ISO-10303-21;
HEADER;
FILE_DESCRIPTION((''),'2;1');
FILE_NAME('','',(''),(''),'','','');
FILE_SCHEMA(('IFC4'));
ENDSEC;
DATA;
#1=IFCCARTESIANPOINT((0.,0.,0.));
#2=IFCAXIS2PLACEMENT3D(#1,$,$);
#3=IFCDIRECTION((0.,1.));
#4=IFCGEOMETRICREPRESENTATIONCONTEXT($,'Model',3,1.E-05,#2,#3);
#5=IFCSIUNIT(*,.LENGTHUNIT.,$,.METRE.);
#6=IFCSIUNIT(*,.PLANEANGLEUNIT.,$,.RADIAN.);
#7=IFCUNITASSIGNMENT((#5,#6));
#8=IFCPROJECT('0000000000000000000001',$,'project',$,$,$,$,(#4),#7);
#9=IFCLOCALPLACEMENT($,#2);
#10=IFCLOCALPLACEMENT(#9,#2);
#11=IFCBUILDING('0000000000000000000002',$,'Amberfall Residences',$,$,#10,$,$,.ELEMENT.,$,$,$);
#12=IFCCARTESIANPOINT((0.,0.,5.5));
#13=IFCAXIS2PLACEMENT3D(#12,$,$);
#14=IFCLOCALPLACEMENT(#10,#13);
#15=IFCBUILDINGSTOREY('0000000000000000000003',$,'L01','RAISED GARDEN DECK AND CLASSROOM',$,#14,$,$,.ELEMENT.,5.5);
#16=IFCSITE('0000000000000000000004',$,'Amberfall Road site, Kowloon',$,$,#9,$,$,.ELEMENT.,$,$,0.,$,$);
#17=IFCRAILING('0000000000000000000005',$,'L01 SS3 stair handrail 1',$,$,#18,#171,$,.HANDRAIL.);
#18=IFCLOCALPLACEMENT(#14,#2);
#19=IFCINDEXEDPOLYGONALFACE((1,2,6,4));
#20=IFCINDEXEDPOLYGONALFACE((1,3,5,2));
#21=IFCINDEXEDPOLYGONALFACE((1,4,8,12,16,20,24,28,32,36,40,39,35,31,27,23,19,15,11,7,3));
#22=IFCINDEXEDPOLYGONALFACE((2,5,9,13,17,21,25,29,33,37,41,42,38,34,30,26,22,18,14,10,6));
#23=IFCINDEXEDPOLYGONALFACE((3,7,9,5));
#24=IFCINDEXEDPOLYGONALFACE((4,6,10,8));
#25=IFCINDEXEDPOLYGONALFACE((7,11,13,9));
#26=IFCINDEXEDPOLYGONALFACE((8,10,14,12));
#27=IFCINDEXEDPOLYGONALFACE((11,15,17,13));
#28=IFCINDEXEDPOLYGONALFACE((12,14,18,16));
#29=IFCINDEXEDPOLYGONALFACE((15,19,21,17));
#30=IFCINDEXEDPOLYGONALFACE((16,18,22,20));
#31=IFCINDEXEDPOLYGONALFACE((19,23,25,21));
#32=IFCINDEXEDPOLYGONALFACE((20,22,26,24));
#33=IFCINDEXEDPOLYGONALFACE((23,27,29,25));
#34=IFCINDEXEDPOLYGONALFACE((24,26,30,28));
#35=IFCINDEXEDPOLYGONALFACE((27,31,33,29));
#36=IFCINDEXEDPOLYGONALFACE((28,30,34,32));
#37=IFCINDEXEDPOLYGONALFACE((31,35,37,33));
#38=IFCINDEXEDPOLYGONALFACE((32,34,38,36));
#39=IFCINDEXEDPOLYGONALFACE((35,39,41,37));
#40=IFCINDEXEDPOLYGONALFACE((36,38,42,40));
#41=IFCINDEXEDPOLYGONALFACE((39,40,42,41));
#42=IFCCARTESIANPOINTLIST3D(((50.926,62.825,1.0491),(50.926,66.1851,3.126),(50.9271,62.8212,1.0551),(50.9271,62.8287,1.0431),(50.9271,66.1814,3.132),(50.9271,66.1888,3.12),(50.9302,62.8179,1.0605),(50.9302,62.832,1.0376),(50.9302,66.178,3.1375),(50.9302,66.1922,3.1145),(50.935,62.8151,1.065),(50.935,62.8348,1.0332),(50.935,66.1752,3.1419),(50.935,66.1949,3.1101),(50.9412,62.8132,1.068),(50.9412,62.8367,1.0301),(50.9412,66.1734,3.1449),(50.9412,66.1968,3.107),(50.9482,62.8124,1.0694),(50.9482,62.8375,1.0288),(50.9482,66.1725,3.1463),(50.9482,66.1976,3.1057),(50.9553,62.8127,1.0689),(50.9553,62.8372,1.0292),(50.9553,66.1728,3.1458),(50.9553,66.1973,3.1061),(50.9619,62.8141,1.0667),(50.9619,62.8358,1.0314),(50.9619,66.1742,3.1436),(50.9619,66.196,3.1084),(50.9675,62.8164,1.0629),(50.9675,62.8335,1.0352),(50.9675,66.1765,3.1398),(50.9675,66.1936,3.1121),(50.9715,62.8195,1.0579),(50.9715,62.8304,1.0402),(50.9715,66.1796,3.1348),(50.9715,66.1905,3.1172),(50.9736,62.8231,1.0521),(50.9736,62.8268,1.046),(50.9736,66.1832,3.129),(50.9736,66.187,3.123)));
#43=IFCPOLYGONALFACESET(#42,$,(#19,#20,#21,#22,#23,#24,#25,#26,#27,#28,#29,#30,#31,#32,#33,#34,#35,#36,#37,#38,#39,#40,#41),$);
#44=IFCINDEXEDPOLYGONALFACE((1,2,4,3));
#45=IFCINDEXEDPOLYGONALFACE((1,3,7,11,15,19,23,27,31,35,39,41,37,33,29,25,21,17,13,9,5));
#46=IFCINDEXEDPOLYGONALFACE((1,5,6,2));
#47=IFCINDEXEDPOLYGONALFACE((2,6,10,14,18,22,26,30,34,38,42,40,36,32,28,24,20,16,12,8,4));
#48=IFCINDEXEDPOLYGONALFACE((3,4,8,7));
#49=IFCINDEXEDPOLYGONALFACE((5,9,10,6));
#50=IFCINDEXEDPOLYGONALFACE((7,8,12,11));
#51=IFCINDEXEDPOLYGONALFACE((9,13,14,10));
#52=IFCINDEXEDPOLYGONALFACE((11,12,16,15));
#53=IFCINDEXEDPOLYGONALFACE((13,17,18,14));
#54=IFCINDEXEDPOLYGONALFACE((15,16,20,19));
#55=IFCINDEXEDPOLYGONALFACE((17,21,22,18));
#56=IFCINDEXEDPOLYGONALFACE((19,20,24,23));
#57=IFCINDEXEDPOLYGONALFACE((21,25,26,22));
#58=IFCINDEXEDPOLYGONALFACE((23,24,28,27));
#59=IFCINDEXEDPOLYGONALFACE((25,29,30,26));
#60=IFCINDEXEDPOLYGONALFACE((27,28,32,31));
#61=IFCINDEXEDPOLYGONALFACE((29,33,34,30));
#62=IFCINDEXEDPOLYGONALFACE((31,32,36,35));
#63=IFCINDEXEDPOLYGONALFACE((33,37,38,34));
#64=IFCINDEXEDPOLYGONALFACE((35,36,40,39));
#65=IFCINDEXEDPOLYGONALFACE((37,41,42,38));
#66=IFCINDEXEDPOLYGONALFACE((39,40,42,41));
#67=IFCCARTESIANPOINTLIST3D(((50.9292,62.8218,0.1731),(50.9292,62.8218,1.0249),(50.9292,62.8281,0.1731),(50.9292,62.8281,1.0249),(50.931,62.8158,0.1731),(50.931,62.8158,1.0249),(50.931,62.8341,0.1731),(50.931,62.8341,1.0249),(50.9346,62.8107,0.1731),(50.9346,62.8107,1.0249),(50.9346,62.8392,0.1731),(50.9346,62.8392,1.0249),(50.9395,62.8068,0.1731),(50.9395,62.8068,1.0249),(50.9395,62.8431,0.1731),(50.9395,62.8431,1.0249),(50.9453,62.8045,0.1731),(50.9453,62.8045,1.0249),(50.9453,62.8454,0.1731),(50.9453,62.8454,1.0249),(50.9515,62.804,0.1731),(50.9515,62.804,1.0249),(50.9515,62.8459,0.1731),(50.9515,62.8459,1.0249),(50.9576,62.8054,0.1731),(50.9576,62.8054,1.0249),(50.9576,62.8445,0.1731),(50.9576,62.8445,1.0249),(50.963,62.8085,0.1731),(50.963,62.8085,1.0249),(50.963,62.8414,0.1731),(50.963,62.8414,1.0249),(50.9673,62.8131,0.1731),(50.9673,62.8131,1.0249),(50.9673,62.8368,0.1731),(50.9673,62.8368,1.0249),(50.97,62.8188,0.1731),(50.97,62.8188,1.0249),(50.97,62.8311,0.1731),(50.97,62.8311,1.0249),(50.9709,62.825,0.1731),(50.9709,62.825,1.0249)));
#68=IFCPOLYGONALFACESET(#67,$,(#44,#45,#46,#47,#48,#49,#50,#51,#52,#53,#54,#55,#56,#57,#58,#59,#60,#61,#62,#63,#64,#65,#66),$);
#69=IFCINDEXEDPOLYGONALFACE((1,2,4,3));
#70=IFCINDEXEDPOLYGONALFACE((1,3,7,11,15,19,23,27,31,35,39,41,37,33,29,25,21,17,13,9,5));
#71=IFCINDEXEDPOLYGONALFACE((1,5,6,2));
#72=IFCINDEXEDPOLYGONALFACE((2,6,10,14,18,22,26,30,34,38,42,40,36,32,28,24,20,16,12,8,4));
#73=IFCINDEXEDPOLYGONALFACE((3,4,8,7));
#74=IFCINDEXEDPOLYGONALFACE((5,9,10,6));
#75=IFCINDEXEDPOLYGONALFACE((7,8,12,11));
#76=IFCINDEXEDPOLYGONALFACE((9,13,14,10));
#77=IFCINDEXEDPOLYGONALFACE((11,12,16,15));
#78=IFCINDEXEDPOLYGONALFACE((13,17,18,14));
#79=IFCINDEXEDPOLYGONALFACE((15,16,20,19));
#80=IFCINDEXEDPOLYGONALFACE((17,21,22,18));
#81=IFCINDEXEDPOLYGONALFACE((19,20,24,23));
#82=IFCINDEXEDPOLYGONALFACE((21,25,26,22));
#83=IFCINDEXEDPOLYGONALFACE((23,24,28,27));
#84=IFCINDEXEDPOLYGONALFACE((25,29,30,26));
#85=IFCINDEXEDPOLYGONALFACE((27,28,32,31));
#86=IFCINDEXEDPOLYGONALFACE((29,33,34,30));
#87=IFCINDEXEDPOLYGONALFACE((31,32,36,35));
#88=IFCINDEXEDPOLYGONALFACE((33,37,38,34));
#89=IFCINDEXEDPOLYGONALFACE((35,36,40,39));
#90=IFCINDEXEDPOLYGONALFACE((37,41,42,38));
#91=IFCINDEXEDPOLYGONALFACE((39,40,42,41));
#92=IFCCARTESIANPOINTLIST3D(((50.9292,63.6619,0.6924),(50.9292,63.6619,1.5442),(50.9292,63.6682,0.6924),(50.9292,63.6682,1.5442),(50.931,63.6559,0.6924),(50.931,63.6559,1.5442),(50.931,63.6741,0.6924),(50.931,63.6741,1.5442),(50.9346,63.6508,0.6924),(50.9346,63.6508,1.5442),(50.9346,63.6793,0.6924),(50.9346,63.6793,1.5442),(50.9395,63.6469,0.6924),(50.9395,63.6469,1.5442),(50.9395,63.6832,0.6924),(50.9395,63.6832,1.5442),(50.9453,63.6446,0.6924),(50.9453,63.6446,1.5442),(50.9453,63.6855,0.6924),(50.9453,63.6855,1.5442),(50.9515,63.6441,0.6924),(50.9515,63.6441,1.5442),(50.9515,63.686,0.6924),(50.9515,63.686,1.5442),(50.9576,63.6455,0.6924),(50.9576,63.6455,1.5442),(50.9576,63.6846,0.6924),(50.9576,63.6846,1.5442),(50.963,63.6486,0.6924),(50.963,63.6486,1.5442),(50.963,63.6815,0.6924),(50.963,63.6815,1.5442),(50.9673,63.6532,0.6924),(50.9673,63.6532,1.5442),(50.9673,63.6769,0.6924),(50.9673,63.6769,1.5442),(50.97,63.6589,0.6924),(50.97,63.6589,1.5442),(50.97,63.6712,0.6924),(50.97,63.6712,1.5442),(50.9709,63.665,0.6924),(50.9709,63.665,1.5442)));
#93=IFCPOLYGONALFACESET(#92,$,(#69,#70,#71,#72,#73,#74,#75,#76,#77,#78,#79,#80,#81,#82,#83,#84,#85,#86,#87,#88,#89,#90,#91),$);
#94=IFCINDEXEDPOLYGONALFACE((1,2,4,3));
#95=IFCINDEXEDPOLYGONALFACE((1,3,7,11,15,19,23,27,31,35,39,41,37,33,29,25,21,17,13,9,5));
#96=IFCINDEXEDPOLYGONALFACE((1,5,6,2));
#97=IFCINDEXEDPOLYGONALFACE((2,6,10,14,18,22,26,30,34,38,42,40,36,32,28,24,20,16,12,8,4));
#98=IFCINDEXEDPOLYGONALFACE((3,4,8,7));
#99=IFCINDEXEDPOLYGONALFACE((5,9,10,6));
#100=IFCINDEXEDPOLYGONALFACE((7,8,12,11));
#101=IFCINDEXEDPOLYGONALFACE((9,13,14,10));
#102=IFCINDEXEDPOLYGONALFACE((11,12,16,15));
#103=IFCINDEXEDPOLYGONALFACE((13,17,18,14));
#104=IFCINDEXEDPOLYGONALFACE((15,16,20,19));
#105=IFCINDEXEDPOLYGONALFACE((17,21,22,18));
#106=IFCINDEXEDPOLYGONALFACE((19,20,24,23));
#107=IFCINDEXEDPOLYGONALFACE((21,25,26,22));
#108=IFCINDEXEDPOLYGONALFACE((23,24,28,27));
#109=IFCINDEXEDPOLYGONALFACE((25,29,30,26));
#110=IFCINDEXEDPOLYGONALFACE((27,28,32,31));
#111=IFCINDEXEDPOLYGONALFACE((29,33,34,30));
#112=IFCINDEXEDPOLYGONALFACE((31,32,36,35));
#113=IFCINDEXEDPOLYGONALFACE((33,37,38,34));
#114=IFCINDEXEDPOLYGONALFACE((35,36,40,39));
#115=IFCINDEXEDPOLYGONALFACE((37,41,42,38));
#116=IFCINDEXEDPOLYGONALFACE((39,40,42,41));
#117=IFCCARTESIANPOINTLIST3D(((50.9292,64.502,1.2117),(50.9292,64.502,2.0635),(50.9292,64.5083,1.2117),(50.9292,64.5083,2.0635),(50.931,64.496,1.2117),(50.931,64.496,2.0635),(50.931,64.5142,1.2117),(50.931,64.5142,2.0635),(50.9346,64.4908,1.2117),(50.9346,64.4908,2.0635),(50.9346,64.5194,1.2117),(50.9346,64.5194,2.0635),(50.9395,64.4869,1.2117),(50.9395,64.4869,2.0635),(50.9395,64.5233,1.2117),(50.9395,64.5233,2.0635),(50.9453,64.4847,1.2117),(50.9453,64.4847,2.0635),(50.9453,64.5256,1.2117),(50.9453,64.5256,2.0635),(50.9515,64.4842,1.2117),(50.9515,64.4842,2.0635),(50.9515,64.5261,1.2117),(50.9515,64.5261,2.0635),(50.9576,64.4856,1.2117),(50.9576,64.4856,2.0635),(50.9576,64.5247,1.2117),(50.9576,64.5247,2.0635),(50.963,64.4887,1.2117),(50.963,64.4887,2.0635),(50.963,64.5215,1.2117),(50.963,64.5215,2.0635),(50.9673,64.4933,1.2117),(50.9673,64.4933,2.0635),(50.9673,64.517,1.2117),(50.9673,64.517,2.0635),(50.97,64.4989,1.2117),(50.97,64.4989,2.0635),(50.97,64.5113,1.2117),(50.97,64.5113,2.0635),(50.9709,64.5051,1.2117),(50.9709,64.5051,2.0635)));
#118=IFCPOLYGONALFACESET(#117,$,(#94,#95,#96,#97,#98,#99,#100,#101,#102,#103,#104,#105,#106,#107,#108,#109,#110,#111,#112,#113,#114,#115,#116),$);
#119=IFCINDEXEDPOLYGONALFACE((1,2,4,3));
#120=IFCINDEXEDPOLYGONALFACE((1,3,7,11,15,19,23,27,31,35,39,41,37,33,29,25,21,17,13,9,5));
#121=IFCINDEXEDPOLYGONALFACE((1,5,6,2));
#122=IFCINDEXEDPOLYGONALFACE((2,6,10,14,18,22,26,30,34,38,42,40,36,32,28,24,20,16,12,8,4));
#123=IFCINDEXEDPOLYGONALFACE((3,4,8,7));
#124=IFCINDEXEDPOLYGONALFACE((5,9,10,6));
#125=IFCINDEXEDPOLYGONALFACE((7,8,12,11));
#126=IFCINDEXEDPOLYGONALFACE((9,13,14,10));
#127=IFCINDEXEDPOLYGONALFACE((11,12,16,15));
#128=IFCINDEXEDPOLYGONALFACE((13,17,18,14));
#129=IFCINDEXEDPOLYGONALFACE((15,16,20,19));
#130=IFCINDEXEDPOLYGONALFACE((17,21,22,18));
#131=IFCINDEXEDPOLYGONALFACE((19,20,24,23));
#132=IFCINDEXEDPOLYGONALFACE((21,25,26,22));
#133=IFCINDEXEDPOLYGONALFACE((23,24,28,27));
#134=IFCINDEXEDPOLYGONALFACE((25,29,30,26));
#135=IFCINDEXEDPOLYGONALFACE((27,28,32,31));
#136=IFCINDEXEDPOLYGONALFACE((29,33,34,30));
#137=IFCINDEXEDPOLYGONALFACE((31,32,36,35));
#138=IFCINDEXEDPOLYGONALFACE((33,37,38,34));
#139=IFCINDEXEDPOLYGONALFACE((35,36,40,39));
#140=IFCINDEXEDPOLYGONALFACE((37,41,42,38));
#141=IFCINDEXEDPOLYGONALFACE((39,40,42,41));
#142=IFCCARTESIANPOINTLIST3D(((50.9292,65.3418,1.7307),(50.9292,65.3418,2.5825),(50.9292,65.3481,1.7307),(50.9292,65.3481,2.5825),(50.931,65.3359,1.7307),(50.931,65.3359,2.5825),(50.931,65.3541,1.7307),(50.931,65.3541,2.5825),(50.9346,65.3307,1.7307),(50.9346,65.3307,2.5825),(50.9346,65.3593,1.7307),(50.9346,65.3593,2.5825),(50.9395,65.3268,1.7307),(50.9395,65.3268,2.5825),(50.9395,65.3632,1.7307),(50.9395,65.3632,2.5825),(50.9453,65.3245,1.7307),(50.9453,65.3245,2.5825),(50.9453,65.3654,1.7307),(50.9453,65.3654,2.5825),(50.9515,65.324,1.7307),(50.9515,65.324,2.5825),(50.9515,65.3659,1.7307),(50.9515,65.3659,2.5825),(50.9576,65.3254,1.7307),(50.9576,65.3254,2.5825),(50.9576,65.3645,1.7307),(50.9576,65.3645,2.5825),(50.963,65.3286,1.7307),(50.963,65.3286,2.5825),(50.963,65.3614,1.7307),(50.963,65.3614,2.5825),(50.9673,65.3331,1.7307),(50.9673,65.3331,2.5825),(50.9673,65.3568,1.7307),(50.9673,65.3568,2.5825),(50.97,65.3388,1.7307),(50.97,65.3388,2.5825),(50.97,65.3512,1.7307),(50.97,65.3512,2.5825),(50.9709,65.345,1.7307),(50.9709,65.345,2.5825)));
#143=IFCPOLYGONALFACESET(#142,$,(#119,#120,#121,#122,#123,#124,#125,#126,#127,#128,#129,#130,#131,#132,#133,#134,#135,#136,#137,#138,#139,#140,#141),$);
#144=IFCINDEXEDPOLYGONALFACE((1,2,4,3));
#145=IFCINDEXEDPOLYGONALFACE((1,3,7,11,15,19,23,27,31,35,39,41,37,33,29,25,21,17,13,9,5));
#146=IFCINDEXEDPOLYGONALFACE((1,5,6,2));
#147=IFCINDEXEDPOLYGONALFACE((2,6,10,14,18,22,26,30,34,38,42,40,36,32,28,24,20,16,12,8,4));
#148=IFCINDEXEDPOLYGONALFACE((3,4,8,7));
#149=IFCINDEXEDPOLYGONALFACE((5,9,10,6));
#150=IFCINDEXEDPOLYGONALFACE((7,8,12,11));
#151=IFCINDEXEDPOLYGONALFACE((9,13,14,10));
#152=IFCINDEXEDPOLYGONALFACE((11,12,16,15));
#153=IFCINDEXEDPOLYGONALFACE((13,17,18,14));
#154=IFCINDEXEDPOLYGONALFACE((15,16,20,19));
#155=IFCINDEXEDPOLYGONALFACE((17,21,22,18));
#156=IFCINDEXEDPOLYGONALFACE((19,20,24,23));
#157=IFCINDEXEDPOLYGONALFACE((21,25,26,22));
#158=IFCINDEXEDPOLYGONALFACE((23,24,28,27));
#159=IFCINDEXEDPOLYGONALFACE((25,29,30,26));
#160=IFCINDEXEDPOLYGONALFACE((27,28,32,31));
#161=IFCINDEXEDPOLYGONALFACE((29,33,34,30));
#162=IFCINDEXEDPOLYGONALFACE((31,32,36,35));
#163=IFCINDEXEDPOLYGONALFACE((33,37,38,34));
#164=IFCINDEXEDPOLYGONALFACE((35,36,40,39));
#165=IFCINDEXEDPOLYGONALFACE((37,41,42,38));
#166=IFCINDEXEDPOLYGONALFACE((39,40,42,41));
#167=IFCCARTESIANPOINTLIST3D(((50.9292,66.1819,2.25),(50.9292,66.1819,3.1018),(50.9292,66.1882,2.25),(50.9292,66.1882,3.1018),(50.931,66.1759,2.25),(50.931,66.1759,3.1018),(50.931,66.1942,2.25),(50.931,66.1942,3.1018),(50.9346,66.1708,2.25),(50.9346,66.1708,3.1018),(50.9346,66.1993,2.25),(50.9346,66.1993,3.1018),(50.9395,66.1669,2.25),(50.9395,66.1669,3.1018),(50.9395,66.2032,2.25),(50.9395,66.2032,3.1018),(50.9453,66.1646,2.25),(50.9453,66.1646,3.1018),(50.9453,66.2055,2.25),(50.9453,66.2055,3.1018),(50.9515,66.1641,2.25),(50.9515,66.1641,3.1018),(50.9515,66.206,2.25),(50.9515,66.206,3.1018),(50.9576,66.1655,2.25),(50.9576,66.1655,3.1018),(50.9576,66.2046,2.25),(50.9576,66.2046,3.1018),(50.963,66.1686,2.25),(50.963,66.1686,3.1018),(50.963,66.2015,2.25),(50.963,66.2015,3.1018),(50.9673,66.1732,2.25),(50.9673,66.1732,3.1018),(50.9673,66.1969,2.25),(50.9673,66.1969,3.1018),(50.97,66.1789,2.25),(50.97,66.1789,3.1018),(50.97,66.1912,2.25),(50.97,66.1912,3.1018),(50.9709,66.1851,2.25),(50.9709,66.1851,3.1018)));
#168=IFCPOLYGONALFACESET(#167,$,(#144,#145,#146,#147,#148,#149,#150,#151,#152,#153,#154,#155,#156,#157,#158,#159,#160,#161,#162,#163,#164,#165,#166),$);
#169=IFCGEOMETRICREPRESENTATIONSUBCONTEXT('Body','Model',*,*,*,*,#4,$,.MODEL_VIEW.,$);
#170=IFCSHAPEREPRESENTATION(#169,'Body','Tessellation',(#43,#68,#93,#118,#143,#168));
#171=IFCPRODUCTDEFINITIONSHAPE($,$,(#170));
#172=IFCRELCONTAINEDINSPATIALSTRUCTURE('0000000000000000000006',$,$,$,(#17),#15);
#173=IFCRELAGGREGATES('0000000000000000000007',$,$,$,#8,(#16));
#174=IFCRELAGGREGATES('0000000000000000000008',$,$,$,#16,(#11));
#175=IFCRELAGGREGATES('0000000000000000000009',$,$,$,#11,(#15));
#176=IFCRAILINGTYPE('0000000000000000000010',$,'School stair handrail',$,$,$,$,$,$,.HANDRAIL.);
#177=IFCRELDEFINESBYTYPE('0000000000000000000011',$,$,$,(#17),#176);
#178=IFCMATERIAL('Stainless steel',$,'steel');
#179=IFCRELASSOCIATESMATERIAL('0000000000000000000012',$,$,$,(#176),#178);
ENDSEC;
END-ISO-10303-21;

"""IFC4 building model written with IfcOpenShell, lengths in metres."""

from ifc_helpers import new_model, si_unit, direction, frame, origin, origin_2d, place, context, subcontext, project, spatial, circle, extrude, material, type_object, element, save


model = new_model("IFC4")

# Units and contexts
model_context = context("Model", 3, precision=1e-05, world=origin(), true_north=direction((0.0, 1.0)))
body_context = subcontext(model_context, "Body", "Model", "MODEL_VIEW")
ifc_project = project(units=[si_unit("LENGTHUNIT", "METRE"), si_unit("PLANEANGLEUNIT", "RADIAN")], contexts=[model_context])

# Site, building, storey
site_placement = place(None, origin())
site = spatial("IfcSite", under=ifc_project, at=site_placement, Name="Amberfall Road site, Kowloon", CompositionType="ELEMENT", RefElevation=0.0)
building_placement = place(site_placement, origin())
building = spatial("IfcBuilding", under=site, at=building_placement, Name="Amberfall Residences", CompositionType="ELEMENT")
storey_placement = place(building_placement, frame((0.0, 0.0, 5.5)))
storey = spatial("IfcBuildingStorey", under=building, at=storey_placement, Name="L01", Description="RAISED GARDEN DECK AND CLASSROOM", CompositionType="ELEMENT", Elevation=5.5)

# Railing
ifc_material_1 = material(Name="Stainless steel", Category="steel")
railing_type_1 = type_object("IfcRailingType", Name="School stair handrail", PredefinedType="HANDRAIL", material=ifc_material_1)
railing_1_placement = place(storey_placement, frame((50.95, 62.825, 0.1731)))
element("IfcRailing", 1, at=railing_1_placement, inside=storey, type_object=railing_type_1, Name="L01 SS3 stair handrail 1", PredefinedType="HANDRAIL", context=body_context, shape_type="SweptSolid", body=[
    extrude(circle(Radius=0.0239, at=origin_2d()), frame((0.0, 0.0, 0.876), z_axis=(0.0, 0.850623, 0.525776), x_axis=(-1.0, 0.0, 0.0)), (0.0, 0.0, 1.0), 3.9502),
    extrude(circle(Radius=0.021, at=origin_2d()), origin(), (0.0, 0.0, 1.0), 0.8518),
    extrude(circle(Radius=0.021, at=origin_2d()), frame((0.0, 0.8401, 0.5193)), (0.0, 0.0, 1.0), 0.8518),
    extrude(circle(Radius=0.021, at=origin_2d()), frame((0.0, 1.6802, 1.0386)), (0.0, 0.0, 1.0), 0.8518),
    extrude(circle(Radius=0.021, at=origin_2d()), frame((0.0, 2.52, 1.5576)), (0.0, 0.0, 1.0), 0.8518),
    extrude(circle(Radius=0.021, at=origin_2d()), frame((0.0, 3.3601, 2.0769)), (0.0, 0.0, 1.0), 0.8518),
])

save(model, "model.ifc")
